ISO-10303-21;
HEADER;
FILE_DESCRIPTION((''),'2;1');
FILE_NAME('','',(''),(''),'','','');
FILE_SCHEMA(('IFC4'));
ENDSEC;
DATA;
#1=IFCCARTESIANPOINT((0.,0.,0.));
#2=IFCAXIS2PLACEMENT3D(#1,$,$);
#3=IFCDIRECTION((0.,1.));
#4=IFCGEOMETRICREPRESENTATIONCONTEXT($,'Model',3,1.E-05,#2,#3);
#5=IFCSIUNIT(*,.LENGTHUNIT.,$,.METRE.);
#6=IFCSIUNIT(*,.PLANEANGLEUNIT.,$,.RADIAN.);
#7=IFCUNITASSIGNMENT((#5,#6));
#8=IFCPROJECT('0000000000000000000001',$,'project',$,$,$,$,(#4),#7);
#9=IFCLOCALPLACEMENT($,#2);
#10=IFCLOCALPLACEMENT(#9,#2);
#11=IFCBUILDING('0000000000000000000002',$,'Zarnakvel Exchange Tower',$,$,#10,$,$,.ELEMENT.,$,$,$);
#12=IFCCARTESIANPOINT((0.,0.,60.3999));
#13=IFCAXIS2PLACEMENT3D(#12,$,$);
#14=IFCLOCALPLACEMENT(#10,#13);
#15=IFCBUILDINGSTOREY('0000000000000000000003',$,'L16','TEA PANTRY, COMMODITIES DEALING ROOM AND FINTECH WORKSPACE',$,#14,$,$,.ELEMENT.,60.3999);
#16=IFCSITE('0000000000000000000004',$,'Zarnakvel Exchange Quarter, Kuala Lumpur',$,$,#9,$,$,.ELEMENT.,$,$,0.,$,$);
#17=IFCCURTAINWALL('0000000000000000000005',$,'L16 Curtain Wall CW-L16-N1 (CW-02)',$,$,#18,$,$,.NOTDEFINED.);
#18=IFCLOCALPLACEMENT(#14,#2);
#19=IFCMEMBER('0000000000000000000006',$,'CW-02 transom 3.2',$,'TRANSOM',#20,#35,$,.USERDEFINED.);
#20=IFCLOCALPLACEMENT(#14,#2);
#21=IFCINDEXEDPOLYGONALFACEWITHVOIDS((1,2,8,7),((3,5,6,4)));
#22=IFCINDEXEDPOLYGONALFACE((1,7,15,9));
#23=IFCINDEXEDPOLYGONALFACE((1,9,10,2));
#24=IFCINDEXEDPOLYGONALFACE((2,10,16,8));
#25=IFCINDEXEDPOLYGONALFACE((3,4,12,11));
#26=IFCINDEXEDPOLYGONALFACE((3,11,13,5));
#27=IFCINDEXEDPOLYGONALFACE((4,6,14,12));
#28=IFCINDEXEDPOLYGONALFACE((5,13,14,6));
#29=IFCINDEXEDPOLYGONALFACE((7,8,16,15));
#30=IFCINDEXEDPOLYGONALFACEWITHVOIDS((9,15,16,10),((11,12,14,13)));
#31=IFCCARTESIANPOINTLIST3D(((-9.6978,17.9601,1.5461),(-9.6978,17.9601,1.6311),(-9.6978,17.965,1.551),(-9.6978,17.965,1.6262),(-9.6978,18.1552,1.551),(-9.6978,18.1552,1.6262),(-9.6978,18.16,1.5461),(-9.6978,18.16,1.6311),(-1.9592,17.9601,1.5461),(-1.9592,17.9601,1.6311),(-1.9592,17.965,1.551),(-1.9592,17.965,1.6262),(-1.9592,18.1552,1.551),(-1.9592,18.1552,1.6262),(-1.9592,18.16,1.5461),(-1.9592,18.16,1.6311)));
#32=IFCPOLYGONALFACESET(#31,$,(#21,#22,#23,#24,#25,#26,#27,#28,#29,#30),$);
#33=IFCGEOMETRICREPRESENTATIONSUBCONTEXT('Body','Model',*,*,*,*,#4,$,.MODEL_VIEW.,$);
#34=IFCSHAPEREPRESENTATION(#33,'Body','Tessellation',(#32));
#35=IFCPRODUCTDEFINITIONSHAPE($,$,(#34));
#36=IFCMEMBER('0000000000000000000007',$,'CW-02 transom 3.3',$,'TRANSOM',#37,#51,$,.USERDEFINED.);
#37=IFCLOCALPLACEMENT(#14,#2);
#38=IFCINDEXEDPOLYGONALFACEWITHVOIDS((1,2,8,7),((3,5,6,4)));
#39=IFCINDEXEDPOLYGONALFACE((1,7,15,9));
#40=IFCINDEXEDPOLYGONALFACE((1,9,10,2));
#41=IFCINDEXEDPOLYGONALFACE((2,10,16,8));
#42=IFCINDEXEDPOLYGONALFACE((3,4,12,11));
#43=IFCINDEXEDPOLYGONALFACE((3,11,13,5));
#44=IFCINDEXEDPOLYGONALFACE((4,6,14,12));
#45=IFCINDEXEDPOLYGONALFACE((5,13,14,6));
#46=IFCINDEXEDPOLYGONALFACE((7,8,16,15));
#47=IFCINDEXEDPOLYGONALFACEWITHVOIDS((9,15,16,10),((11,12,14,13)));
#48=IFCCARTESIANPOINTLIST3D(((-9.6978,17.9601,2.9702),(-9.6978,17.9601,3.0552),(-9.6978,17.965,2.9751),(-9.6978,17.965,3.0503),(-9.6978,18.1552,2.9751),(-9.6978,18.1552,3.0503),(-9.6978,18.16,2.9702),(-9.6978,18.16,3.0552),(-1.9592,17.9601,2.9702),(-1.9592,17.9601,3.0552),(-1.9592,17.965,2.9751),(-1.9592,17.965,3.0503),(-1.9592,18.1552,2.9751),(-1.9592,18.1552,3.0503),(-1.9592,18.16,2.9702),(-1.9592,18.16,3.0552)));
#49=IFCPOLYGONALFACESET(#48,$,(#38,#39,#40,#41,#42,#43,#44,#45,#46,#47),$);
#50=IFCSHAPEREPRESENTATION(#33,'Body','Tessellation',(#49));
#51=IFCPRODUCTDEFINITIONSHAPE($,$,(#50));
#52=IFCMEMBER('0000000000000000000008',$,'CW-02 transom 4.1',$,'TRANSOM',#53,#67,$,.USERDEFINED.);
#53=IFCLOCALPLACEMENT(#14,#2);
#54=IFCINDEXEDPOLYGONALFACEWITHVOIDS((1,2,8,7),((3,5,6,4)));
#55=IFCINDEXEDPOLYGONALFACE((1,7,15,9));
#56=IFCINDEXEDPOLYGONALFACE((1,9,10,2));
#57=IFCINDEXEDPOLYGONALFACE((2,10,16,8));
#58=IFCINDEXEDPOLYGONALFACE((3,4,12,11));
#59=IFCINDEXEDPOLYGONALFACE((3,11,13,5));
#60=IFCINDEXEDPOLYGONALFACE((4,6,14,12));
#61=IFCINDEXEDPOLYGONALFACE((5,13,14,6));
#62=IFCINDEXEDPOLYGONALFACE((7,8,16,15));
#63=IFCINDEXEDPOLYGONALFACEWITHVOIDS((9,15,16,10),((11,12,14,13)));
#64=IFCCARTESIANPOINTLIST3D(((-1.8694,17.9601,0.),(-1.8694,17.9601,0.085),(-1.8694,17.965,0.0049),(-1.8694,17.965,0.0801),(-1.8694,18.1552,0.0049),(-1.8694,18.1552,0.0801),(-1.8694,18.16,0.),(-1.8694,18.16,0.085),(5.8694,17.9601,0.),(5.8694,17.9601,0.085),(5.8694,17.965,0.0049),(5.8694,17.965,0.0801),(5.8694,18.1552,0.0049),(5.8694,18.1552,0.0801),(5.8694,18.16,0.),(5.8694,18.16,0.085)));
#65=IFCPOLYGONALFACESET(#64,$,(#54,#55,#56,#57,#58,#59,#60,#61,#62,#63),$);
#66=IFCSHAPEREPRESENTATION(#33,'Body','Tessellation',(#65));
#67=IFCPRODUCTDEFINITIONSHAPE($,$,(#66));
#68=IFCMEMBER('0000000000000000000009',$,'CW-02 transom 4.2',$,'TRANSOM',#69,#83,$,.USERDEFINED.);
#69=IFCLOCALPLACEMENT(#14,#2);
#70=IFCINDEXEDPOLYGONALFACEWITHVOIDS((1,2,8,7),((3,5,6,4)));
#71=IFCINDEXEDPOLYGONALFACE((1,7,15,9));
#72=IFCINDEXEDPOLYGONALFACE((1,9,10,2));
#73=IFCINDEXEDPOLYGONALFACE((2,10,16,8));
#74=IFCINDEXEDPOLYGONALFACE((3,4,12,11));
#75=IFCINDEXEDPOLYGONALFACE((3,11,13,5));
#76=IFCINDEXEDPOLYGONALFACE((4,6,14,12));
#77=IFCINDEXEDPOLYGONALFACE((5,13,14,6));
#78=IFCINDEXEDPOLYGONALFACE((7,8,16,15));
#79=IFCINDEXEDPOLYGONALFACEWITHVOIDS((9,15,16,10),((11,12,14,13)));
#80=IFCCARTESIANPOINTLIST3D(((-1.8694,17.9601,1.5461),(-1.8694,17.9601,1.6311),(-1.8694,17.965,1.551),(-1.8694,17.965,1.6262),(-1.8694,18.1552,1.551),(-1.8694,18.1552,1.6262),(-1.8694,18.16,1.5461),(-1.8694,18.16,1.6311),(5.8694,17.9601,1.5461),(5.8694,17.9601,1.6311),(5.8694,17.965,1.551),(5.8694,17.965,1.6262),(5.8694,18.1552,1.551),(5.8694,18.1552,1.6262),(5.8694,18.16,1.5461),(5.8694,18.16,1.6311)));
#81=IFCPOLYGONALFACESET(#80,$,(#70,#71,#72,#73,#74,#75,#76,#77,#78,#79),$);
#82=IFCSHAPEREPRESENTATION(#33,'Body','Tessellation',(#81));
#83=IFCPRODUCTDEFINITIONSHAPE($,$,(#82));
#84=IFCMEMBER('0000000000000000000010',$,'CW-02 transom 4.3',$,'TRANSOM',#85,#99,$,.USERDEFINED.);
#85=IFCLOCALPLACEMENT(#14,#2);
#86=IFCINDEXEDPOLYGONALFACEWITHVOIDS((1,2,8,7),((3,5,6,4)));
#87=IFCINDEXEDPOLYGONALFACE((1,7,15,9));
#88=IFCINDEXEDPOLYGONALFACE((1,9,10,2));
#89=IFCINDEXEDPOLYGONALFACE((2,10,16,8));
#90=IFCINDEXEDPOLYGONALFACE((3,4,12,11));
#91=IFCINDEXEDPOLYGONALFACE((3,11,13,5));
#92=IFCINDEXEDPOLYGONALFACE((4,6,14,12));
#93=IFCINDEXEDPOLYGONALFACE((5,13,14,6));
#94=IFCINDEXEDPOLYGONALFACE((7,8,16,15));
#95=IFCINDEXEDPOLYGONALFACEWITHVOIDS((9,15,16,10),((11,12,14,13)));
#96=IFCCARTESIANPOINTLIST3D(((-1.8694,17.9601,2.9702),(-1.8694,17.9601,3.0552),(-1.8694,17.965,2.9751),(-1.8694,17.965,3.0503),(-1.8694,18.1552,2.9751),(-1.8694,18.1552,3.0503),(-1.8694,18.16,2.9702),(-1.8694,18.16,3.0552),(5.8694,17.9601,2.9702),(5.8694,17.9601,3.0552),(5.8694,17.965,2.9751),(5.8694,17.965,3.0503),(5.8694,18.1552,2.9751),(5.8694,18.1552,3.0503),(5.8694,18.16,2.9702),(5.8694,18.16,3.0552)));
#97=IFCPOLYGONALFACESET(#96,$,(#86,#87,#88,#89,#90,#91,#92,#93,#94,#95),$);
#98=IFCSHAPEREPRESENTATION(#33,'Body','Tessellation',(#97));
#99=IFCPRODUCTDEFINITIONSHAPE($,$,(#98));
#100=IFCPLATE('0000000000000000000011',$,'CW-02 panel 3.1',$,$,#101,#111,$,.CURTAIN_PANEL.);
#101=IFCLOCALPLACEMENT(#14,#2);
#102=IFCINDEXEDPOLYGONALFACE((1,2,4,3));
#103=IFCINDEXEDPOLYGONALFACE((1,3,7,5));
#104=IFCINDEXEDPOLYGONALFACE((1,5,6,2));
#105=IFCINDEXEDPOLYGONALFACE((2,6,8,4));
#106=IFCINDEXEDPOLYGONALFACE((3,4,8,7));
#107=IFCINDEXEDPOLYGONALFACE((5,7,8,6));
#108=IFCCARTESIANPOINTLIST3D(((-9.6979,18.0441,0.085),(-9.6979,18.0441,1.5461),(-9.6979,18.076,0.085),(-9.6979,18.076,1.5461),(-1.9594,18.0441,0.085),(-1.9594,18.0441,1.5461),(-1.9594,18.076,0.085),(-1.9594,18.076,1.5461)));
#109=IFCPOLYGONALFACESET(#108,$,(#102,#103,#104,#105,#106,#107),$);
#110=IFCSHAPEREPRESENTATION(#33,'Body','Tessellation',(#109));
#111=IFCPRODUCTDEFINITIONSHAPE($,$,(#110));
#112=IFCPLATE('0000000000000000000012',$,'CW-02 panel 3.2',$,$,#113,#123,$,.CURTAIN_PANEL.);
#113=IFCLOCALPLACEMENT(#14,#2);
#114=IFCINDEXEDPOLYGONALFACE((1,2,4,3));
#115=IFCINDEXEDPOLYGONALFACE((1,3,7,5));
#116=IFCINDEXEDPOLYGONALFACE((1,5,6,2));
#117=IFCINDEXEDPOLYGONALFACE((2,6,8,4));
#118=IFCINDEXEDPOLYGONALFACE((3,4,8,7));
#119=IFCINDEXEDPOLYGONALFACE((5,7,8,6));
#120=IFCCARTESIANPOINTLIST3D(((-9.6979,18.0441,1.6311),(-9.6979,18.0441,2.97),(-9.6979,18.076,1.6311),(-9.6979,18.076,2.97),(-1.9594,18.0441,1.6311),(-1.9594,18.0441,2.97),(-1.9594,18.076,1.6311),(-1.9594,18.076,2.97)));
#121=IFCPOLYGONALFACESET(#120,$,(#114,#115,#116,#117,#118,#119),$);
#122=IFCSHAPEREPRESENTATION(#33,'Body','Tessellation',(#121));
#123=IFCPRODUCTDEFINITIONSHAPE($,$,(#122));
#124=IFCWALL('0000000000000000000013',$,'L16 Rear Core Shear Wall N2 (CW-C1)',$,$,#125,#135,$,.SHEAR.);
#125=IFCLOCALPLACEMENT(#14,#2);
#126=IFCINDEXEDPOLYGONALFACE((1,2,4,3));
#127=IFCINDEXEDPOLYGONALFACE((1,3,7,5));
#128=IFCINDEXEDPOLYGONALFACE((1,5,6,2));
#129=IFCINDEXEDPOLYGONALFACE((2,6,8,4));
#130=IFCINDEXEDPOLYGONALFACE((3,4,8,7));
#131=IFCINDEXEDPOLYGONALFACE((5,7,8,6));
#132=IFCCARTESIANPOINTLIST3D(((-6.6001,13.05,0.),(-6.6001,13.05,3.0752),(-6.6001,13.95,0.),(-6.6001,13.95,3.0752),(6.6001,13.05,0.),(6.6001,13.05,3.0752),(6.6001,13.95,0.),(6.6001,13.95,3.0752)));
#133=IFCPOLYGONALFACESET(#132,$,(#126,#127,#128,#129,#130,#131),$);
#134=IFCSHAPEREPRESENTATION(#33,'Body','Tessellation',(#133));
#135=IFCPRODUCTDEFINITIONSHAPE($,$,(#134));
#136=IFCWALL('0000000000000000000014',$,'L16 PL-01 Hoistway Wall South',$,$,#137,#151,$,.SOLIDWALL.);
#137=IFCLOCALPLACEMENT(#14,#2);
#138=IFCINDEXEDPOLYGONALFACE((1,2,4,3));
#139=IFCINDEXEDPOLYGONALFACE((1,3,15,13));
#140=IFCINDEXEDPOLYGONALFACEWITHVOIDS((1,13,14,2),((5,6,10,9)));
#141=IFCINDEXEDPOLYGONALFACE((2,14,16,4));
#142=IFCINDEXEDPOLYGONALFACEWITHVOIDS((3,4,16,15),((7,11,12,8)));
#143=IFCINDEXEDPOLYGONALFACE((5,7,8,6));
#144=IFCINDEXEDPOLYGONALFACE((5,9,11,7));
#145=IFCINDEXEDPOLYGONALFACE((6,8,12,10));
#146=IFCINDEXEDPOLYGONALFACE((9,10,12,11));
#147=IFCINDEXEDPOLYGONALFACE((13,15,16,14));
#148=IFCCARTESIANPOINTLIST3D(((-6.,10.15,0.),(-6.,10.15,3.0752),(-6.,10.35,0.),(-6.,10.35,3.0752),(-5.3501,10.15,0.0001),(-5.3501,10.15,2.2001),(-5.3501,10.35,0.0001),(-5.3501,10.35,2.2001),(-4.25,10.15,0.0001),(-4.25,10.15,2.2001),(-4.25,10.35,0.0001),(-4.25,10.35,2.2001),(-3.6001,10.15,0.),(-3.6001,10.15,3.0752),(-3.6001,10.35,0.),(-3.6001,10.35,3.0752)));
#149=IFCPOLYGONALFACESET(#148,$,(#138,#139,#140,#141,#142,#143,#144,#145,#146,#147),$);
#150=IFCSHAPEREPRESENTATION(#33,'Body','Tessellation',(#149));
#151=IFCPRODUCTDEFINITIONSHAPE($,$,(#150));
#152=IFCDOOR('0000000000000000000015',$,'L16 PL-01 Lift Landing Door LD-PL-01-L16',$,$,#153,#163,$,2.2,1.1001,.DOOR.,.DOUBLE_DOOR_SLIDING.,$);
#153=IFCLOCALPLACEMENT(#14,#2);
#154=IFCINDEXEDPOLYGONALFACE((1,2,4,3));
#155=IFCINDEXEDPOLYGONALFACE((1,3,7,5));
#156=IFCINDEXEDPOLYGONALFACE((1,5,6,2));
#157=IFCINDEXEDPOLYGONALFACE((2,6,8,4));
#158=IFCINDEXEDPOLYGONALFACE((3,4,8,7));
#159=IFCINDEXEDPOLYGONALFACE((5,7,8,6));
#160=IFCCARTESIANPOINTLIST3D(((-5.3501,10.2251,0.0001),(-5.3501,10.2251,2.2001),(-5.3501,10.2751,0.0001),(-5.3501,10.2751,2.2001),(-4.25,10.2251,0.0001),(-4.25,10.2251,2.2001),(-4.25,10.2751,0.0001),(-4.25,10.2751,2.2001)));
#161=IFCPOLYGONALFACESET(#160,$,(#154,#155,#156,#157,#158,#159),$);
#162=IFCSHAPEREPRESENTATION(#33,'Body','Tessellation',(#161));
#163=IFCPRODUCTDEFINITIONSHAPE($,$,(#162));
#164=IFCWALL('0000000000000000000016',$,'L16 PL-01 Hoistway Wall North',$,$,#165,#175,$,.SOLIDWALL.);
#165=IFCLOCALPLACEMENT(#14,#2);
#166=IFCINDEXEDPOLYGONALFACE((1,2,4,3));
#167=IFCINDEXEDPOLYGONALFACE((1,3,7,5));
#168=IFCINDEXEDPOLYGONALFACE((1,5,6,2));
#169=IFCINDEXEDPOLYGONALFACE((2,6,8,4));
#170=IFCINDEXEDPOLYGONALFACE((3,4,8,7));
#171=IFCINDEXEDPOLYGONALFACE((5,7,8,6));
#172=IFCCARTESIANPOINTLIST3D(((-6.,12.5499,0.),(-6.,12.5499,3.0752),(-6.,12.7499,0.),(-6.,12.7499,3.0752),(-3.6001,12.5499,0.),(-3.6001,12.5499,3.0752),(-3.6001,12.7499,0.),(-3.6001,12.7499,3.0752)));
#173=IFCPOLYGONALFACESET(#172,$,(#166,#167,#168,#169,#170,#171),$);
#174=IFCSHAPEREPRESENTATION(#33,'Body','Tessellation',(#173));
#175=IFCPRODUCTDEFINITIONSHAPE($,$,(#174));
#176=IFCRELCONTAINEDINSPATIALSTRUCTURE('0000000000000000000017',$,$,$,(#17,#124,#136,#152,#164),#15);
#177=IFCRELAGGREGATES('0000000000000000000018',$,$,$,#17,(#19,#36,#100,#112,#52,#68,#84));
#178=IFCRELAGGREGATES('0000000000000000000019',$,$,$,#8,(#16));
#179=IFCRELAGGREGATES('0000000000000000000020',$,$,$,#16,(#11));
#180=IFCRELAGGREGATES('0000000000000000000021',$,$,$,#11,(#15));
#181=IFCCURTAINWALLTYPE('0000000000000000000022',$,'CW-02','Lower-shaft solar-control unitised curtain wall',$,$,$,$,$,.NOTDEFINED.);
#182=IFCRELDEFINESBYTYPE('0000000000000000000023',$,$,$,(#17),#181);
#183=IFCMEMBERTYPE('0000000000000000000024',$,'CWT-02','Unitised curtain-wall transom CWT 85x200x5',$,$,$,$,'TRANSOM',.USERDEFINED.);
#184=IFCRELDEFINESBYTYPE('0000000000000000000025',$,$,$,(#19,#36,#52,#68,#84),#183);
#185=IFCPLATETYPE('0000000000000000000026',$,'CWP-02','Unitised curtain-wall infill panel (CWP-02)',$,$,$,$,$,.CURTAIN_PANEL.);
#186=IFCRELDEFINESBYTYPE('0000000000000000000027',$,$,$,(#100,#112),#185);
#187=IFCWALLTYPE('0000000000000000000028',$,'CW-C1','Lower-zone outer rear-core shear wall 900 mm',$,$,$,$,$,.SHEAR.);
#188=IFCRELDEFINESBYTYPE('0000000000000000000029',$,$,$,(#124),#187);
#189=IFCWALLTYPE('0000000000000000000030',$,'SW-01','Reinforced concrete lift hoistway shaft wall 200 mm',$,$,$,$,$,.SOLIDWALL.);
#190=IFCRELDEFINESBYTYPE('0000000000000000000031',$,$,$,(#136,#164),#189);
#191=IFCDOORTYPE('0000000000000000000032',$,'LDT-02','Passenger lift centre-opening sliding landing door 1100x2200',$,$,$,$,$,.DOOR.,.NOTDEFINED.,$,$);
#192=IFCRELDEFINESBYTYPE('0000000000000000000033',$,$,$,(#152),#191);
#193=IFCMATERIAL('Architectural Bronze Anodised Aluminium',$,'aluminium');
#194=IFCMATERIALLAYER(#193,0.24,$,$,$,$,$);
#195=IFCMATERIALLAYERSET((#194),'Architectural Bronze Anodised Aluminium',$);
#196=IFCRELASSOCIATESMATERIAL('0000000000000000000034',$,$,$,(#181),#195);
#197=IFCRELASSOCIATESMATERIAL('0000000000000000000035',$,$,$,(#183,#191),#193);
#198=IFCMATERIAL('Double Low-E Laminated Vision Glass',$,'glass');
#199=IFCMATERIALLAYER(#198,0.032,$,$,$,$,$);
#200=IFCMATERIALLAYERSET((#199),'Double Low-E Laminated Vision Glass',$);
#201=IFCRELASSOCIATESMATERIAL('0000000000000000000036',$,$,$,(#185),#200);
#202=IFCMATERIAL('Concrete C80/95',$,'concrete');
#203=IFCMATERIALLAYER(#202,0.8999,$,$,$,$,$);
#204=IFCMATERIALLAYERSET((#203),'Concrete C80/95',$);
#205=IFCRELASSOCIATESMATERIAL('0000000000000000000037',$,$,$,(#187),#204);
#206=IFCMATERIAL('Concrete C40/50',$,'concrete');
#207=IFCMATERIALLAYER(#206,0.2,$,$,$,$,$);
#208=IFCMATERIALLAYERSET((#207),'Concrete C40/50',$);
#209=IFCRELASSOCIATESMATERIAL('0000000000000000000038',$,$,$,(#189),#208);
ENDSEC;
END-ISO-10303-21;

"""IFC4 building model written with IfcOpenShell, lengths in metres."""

from ifc_helpers import new_model, si_unit, direction, frame, frame_2d, origin, origin_2d, place, context, subcontext, project, spatial, rectangle, hollow_rectangle, extrude, source, transform, mapped, material, layer, layer_set, material_profile, profile_set, type_object, element, fill, aggregate, save


model = new_model("IFC4")

# Units and contexts
model_context = context("Model", 3, precision=1e-05, world=origin(), true_north=direction((0.0, 1.0)))
body_context = subcontext(model_context, "Body", "Model", "MODEL_VIEW")
ifc_project = project(units=[si_unit("LENGTHUNIT", "METRE"), si_unit("PLANEANGLEUNIT", "RADIAN")], contexts=[model_context])

# Site, building, storey
site_placement = place(None, origin())
site = spatial("IfcSite", under=ifc_project, at=site_placement, Name="Zarnakvel Exchange Quarter, Kuala Lumpur", CompositionType="ELEMENT", RefElevation=0.0)
building_placement = place(site_placement, origin())
building = spatial("IfcBuilding", under=site, at=building_placement, Name="Zarnakvel Exchange Tower", CompositionType="ELEMENT")
storey_placement = place(building_placement, frame((0.0, 0.0, 60.3999)))
storey = spatial("IfcBuildingStorey", under=building, at=storey_placement, Name="L16", Description="TEA PANTRY, COMMODITIES DEALING ROOM AND FINTECH WORKSPACE", CompositionType="ELEMENT", Elevation=60.3999)

# Shared definitions
ifc_material_1 = material(Name="Concrete C80/95", Category="concrete")

# Curtain wall, members, plates
ifc_material_2 = material(Name="Architectural Bronze Anodised Aluminium", Category="aluminium")
ifc_layer_1 = layer(ifc_material_2, 0.24)
ifc_layer_set_1 = layer_set([ifc_layer_1], Name="Architectural Bronze Anodised Aluminium")
curtain_wall_type = type_object("IfcCurtainWallType", Name="CW-02", Description="Lower-shaft solar-control unitised curtain wall", PredefinedType="NOTDEFINED", material=ifc_layer_set_1)
curtain_wall_placement = place(storey_placement, origin())
curtain_wall = element("IfcCurtainWall", 1, at=curtain_wall_placement, inside=storey, type_object=curtain_wall_type, Name="L16 Curtain Wall CW-L16-N1 (CW-02)", PredefinedType="NOTDEFINED")
ifc_material_profile_1 = material_profile(ifc_material_2, hollow_rectangle(XDim=0.2, YDim=0.085, WallThickness=0.0049, at=origin_2d()))
ifc_profile_set_1 = profile_set([ifc_material_profile_1], Name="Architectural Bronze Anodised Aluminium")
member_type_1 = type_object("IfcMemberType", Name="CWT-02", Description="Unitised curtain-wall transom CWT 85x200x5", ElementType="TRANSOM", PredefinedType="USERDEFINED", material=ifc_profile_set_1)
shared_shape_1 = source(origin(), body_context, "Body", "SweptSolid", [
    extrude(hollow_rectangle(XDim=0.2, YDim=0.085, WallThickness=0.0049, at=origin_2d()), origin(), (0.0, 0.0, 1.0), 7.7385),
])
member_1_placement = place(storey_placement, frame((-9.6978, 18.0601, 1.5886), z_axis=(1.0, 0.0, 0.0), x_axis=(0.0, 1.0, 0.0)))
member_1 = element("IfcMember", 2, at=member_1_placement, type_object=member_type_1, Name="CW-02 transom 3.2", ObjectType="TRANSOM", PredefinedType="USERDEFINED", context=body_context, shape_type="MappedRepresentation", body=[
    mapped(shared_shape_1, transform((0.0, 0.0, 0.0), x_axis=(1.0, 0.0, 0.0), y_axis=(0.0, 1.0, 0.0), z_axis=(0.0, 0.0, 1.0), scale=1.0)),
])
member_2_placement = place(storey_placement, frame((-9.6978, 18.0601, 3.0127), z_axis=(1.0, 0.0, 0.0), x_axis=(0.0, 1.0, 0.0)))
member_2 = element("IfcMember", 3, at=member_2_placement, type_object=member_type_1, Name="CW-02 transom 3.3", ObjectType="TRANSOM", PredefinedType="USERDEFINED", context=body_context, shape_type="MappedRepresentation", body=[
    mapped(shared_shape_1, transform((0.0, 0.0, 0.0), x_axis=(1.0, 0.0, 0.0), y_axis=(0.0, 1.0, 0.0), z_axis=(0.0, 0.0, 1.0), scale=1.0)),
])
shared_shape_2 = source(origin(), body_context, "Body", "SweptSolid", [
    extrude(hollow_rectangle(XDim=0.2, YDim=0.085, WallThickness=0.0049, at=origin_2d()), origin(), (0.0, 0.0, 1.0), 7.7388),
])
member_3_placement = place(storey_placement, frame((-1.8694, 18.0601, 0.0425), z_axis=(1.0, 0.0, 0.0), x_axis=(0.0, 1.0, 0.0)))
member_3 = element("IfcMember", 4, at=member_3_placement, type_object=member_type_1, Name="CW-02 transom 4.1", ObjectType="TRANSOM", PredefinedType="USERDEFINED", context=body_context, shape_type="MappedRepresentation", body=[
    mapped(shared_shape_2, transform((0.0, 0.0, 0.0), x_axis=(1.0, 0.0, 0.0), y_axis=(0.0, 1.0, 0.0), z_axis=(0.0, 0.0, 1.0), scale=1.0)),
])
member_4_placement = place(storey_placement, frame((-1.8694, 18.0601, 1.5886), z_axis=(1.0, 0.0, 0.0), x_axis=(0.0, 1.0, 0.0)))
member_4 = element("IfcMember", 5, at=member_4_placement, type_object=member_type_1, Name="CW-02 transom 4.2", ObjectType="TRANSOM", PredefinedType="USERDEFINED", context=body_context, shape_type="MappedRepresentation", body=[
    mapped(shared_shape_2, transform((0.0, 0.0, 0.0), x_axis=(1.0, 0.0, 0.0), y_axis=(0.0, 1.0, 0.0), z_axis=(0.0, 0.0, 1.0), scale=1.0)),
])
member_5_placement = place(storey_placement, frame((-1.8694, 18.0601, 3.0127), z_axis=(1.0, 0.0, 0.0), x_axis=(0.0, 1.0, 0.0)))
member_5 = element("IfcMember", 6, at=member_5_placement, type_object=member_type_1, Name="CW-02 transom 4.3", ObjectType="TRANSOM", PredefinedType="USERDEFINED", context=body_context, shape_type="MappedRepresentation", body=[
    mapped(shared_shape_2, transform((0.0, 0.0, 0.0), x_axis=(1.0, 0.0, 0.0), y_axis=(0.0, 1.0, 0.0), z_axis=(0.0, 0.0, 1.0), scale=1.0)),
])
ifc_material_3 = material(Name="Double Low-E Laminated Vision Glass", Category="glass")
ifc_layer_2 = layer(ifc_material_3, 0.032)
ifc_layer_set_2 = layer_set([ifc_layer_2], Name="Double Low-E Laminated Vision Glass")
plate_type = type_object("IfcPlateType", Name="CWP-02", Description="Unitised curtain-wall infill panel (CWP-02)", PredefinedType="CURTAIN_PANEL", material=ifc_layer_set_2)
shared_shape_3 = source(origin(), body_context, "Body", "SweptSolid", [
    extrude(rectangle(XDim=7.7385, YDim=0.032, at=origin_2d()), origin(), (0.0, 0.0, 1.0), 1.4612),
])
plate_1_placement = place(storey_placement, frame((-5.8286, 18.0601, 0.085), z_axis=(0.0, 0.0, 1.0), x_axis=(1.0, 0.0, 0.0)))
plate_1 = element("IfcPlate", 7, at=plate_1_placement, type_object=plate_type, Name="CW-02 panel 3.1", PredefinedType="CURTAIN_PANEL", context=body_context, shape_type="MappedRepresentation", body=[
    mapped(shared_shape_3, transform((0.0, 0.0, 0.0), x_axis=(1.0, 0.0, 0.0), y_axis=(0.0, 1.0, 0.0), z_axis=(0.0, 0.0, 1.0), scale=1.0)),
])
shared_shape_4 = source(origin(), body_context, "Body", "SweptSolid", [
    extrude(rectangle(XDim=7.7385, YDim=0.032, at=origin_2d()), origin(), (0.0, 0.0, 1.0), 1.3389),
])
plate_2_placement = place(storey_placement, frame((-5.8286, 18.0601, 1.6311), z_axis=(0.0, 0.0, 1.0), x_axis=(1.0, 0.0, 0.0)))
plate_2 = element("IfcPlate", 8, at=plate_2_placement, type_object=plate_type, Name="CW-02 panel 3.2", PredefinedType="CURTAIN_PANEL", context=body_context, shape_type="MappedRepresentation", body=[
    mapped(shared_shape_4, transform((0.0, 0.0, 0.0), x_axis=(1.0, 0.0, 0.0), y_axis=(0.0, 1.0, 0.0), z_axis=(0.0, 0.0, 1.0), scale=1.0)),
])
aggregate(curtain_wall, [member_1, member_2, plate_1, plate_2, member_3, member_4, member_5])

# Wall
ifc_layer_3 = layer(ifc_material_1, 0.8999)
ifc_layer_set_3 = layer_set([ifc_layer_3], Name="Concrete C80/95")
wall_type_1 = type_object("IfcWallType", Name="CW-C1", Description="Lower-zone outer rear-core shear wall 900 mm", PredefinedType="SHEAR", material=ifc_layer_set_3)
wall_1_placement = place(storey_placement, frame((-6.6001, 13.5, 0.0), z_axis=(0.0, 0.0, 1.0), x_axis=(1.0, 0.0, 0.0)))
element("IfcWall", 9, at=wall_1_placement, inside=storey, type_object=wall_type_1, Name="L16 Rear Core Shear Wall N2 (CW-C1)", PredefinedType="SHEAR", context=body_context, shape_type="SweptSolid", body=[
    extrude(rectangle(XDim=13.2002, YDim=0.8999, at=frame_2d((6.6001, 0.0))), origin(), (0.0, 0.0, 1.0), 3.0752),
])

# Wall, opening, door
ifc_material_4 = material(Name="Concrete C40/50", Category="concrete")
ifc_layer_4 = layer(ifc_material_4, 0.2)
ifc_layer_set_4 = layer_set([ifc_layer_4], Name="Concrete C40/50")
wall_type_2 = type_object("IfcWallType", Name="SW-01", Description="Reinforced concrete lift hoistway shaft wall 200 mm", PredefinedType="SOLIDWALL", material=ifc_layer_set_4)
wall_2_placement = place(storey_placement, frame((-3.6001, 10.25, 0.0), z_axis=(0.0, 0.0, 1.0), x_axis=(-1.0, 0.0, 0.0)))
wall_2 = element("IfcWall", 10, at=wall_2_placement, inside=storey, type_object=wall_type_2, Name="L16 PL-01 Hoistway Wall South", PredefinedType="SOLIDWALL", context=body_context, shape_type="SweptSolid", body=[
    extrude(rectangle(XDim=2.3999, YDim=0.2, at=frame_2d((1.2, 0.0))), origin(), (0.0, 0.0, 1.0), 3.0752),
])
opening_1_placement = place(wall_2_placement, frame((0.6499, 0.0, 0.0)))
opening_1 = element("IfcOpeningElement", 11, at=opening_1_placement, cuts=wall_2, PredefinedType="OPENING", context=body_context, shape_type="SweptSolid", body=[
    extrude(rectangle(XDim=1.1001, YDim=2.2, at=frame_2d((0.55, 1.1001))), frame((0.0, 0.1099, 0.0), z_axis=(0.0, -1.0, 0.0), x_axis=(1.0, 0.0, 0.0)), (0.0, 0.0, 1.0), 0.22),
])
door_type = type_object("IfcDoorType", Name="LDT-02", Description="Passenger lift centre-opening sliding landing door 1100x2200", OperationType="NOTDEFINED", PredefinedType="DOOR", material=ifc_material_2)
shared_shape_5 = source(origin(), body_context, "Body", "SweptSolid", [
    extrude(rectangle(XDim=1.1001, YDim=2.2, at=frame_2d((0.55, 1.1001))), frame((0.0, 0.0249, 0.0), z_axis=(0.0, -1.0, 0.0), x_axis=(1.0, 0.0, 0.0)), (0.0, 0.0, 1.0), 0.05),
])
door_1_placement = place(opening_1_placement, origin())
door_1 = element("IfcDoor", 12, at=door_1_placement, inside=storey, type_object=door_type, Name="L16 PL-01 Lift Landing Door LD-PL-01-L16", OperationType="DOUBLE_DOOR_SLIDING", OverallHeight=2.2, OverallWidth=1.1001, PredefinedType="DOOR", context=body_context, shape_type="MappedRepresentation", body=[
    mapped(shared_shape_5, transform((0.0, 0.0, 0.0), x_axis=(1.0, 0.0, 0.0), y_axis=(0.0, 1.0, 0.0), z_axis=(0.0, 0.0, 1.0), scale=1.0)),
])
fill(opening_1, door_1)

# Wall
for number, where, z_axis, x_axis, name in (
    (13, (-6.0, 12.6499, 0.0), (0.0, 0.0, 1.0), (1.0, 0.0, 0.0), "L16 PL-01 Hoistway Wall North"),
):
    element("IfcWall", number, at=place(storey_placement, frame(where, z_axis=z_axis, x_axis=x_axis)), inside=storey, type_object=wall_type_2, Name=name, PredefinedType="SOLIDWALL", context=body_context, shape_type="SweptSolid", body=[
        extrude(rectangle(XDim=2.3999, YDim=0.2, at=frame_2d((1.2, 0.0))), origin(), (0.0, 0.0, 1.0), 3.0752),
    ])

save(model, "model.ifc")
